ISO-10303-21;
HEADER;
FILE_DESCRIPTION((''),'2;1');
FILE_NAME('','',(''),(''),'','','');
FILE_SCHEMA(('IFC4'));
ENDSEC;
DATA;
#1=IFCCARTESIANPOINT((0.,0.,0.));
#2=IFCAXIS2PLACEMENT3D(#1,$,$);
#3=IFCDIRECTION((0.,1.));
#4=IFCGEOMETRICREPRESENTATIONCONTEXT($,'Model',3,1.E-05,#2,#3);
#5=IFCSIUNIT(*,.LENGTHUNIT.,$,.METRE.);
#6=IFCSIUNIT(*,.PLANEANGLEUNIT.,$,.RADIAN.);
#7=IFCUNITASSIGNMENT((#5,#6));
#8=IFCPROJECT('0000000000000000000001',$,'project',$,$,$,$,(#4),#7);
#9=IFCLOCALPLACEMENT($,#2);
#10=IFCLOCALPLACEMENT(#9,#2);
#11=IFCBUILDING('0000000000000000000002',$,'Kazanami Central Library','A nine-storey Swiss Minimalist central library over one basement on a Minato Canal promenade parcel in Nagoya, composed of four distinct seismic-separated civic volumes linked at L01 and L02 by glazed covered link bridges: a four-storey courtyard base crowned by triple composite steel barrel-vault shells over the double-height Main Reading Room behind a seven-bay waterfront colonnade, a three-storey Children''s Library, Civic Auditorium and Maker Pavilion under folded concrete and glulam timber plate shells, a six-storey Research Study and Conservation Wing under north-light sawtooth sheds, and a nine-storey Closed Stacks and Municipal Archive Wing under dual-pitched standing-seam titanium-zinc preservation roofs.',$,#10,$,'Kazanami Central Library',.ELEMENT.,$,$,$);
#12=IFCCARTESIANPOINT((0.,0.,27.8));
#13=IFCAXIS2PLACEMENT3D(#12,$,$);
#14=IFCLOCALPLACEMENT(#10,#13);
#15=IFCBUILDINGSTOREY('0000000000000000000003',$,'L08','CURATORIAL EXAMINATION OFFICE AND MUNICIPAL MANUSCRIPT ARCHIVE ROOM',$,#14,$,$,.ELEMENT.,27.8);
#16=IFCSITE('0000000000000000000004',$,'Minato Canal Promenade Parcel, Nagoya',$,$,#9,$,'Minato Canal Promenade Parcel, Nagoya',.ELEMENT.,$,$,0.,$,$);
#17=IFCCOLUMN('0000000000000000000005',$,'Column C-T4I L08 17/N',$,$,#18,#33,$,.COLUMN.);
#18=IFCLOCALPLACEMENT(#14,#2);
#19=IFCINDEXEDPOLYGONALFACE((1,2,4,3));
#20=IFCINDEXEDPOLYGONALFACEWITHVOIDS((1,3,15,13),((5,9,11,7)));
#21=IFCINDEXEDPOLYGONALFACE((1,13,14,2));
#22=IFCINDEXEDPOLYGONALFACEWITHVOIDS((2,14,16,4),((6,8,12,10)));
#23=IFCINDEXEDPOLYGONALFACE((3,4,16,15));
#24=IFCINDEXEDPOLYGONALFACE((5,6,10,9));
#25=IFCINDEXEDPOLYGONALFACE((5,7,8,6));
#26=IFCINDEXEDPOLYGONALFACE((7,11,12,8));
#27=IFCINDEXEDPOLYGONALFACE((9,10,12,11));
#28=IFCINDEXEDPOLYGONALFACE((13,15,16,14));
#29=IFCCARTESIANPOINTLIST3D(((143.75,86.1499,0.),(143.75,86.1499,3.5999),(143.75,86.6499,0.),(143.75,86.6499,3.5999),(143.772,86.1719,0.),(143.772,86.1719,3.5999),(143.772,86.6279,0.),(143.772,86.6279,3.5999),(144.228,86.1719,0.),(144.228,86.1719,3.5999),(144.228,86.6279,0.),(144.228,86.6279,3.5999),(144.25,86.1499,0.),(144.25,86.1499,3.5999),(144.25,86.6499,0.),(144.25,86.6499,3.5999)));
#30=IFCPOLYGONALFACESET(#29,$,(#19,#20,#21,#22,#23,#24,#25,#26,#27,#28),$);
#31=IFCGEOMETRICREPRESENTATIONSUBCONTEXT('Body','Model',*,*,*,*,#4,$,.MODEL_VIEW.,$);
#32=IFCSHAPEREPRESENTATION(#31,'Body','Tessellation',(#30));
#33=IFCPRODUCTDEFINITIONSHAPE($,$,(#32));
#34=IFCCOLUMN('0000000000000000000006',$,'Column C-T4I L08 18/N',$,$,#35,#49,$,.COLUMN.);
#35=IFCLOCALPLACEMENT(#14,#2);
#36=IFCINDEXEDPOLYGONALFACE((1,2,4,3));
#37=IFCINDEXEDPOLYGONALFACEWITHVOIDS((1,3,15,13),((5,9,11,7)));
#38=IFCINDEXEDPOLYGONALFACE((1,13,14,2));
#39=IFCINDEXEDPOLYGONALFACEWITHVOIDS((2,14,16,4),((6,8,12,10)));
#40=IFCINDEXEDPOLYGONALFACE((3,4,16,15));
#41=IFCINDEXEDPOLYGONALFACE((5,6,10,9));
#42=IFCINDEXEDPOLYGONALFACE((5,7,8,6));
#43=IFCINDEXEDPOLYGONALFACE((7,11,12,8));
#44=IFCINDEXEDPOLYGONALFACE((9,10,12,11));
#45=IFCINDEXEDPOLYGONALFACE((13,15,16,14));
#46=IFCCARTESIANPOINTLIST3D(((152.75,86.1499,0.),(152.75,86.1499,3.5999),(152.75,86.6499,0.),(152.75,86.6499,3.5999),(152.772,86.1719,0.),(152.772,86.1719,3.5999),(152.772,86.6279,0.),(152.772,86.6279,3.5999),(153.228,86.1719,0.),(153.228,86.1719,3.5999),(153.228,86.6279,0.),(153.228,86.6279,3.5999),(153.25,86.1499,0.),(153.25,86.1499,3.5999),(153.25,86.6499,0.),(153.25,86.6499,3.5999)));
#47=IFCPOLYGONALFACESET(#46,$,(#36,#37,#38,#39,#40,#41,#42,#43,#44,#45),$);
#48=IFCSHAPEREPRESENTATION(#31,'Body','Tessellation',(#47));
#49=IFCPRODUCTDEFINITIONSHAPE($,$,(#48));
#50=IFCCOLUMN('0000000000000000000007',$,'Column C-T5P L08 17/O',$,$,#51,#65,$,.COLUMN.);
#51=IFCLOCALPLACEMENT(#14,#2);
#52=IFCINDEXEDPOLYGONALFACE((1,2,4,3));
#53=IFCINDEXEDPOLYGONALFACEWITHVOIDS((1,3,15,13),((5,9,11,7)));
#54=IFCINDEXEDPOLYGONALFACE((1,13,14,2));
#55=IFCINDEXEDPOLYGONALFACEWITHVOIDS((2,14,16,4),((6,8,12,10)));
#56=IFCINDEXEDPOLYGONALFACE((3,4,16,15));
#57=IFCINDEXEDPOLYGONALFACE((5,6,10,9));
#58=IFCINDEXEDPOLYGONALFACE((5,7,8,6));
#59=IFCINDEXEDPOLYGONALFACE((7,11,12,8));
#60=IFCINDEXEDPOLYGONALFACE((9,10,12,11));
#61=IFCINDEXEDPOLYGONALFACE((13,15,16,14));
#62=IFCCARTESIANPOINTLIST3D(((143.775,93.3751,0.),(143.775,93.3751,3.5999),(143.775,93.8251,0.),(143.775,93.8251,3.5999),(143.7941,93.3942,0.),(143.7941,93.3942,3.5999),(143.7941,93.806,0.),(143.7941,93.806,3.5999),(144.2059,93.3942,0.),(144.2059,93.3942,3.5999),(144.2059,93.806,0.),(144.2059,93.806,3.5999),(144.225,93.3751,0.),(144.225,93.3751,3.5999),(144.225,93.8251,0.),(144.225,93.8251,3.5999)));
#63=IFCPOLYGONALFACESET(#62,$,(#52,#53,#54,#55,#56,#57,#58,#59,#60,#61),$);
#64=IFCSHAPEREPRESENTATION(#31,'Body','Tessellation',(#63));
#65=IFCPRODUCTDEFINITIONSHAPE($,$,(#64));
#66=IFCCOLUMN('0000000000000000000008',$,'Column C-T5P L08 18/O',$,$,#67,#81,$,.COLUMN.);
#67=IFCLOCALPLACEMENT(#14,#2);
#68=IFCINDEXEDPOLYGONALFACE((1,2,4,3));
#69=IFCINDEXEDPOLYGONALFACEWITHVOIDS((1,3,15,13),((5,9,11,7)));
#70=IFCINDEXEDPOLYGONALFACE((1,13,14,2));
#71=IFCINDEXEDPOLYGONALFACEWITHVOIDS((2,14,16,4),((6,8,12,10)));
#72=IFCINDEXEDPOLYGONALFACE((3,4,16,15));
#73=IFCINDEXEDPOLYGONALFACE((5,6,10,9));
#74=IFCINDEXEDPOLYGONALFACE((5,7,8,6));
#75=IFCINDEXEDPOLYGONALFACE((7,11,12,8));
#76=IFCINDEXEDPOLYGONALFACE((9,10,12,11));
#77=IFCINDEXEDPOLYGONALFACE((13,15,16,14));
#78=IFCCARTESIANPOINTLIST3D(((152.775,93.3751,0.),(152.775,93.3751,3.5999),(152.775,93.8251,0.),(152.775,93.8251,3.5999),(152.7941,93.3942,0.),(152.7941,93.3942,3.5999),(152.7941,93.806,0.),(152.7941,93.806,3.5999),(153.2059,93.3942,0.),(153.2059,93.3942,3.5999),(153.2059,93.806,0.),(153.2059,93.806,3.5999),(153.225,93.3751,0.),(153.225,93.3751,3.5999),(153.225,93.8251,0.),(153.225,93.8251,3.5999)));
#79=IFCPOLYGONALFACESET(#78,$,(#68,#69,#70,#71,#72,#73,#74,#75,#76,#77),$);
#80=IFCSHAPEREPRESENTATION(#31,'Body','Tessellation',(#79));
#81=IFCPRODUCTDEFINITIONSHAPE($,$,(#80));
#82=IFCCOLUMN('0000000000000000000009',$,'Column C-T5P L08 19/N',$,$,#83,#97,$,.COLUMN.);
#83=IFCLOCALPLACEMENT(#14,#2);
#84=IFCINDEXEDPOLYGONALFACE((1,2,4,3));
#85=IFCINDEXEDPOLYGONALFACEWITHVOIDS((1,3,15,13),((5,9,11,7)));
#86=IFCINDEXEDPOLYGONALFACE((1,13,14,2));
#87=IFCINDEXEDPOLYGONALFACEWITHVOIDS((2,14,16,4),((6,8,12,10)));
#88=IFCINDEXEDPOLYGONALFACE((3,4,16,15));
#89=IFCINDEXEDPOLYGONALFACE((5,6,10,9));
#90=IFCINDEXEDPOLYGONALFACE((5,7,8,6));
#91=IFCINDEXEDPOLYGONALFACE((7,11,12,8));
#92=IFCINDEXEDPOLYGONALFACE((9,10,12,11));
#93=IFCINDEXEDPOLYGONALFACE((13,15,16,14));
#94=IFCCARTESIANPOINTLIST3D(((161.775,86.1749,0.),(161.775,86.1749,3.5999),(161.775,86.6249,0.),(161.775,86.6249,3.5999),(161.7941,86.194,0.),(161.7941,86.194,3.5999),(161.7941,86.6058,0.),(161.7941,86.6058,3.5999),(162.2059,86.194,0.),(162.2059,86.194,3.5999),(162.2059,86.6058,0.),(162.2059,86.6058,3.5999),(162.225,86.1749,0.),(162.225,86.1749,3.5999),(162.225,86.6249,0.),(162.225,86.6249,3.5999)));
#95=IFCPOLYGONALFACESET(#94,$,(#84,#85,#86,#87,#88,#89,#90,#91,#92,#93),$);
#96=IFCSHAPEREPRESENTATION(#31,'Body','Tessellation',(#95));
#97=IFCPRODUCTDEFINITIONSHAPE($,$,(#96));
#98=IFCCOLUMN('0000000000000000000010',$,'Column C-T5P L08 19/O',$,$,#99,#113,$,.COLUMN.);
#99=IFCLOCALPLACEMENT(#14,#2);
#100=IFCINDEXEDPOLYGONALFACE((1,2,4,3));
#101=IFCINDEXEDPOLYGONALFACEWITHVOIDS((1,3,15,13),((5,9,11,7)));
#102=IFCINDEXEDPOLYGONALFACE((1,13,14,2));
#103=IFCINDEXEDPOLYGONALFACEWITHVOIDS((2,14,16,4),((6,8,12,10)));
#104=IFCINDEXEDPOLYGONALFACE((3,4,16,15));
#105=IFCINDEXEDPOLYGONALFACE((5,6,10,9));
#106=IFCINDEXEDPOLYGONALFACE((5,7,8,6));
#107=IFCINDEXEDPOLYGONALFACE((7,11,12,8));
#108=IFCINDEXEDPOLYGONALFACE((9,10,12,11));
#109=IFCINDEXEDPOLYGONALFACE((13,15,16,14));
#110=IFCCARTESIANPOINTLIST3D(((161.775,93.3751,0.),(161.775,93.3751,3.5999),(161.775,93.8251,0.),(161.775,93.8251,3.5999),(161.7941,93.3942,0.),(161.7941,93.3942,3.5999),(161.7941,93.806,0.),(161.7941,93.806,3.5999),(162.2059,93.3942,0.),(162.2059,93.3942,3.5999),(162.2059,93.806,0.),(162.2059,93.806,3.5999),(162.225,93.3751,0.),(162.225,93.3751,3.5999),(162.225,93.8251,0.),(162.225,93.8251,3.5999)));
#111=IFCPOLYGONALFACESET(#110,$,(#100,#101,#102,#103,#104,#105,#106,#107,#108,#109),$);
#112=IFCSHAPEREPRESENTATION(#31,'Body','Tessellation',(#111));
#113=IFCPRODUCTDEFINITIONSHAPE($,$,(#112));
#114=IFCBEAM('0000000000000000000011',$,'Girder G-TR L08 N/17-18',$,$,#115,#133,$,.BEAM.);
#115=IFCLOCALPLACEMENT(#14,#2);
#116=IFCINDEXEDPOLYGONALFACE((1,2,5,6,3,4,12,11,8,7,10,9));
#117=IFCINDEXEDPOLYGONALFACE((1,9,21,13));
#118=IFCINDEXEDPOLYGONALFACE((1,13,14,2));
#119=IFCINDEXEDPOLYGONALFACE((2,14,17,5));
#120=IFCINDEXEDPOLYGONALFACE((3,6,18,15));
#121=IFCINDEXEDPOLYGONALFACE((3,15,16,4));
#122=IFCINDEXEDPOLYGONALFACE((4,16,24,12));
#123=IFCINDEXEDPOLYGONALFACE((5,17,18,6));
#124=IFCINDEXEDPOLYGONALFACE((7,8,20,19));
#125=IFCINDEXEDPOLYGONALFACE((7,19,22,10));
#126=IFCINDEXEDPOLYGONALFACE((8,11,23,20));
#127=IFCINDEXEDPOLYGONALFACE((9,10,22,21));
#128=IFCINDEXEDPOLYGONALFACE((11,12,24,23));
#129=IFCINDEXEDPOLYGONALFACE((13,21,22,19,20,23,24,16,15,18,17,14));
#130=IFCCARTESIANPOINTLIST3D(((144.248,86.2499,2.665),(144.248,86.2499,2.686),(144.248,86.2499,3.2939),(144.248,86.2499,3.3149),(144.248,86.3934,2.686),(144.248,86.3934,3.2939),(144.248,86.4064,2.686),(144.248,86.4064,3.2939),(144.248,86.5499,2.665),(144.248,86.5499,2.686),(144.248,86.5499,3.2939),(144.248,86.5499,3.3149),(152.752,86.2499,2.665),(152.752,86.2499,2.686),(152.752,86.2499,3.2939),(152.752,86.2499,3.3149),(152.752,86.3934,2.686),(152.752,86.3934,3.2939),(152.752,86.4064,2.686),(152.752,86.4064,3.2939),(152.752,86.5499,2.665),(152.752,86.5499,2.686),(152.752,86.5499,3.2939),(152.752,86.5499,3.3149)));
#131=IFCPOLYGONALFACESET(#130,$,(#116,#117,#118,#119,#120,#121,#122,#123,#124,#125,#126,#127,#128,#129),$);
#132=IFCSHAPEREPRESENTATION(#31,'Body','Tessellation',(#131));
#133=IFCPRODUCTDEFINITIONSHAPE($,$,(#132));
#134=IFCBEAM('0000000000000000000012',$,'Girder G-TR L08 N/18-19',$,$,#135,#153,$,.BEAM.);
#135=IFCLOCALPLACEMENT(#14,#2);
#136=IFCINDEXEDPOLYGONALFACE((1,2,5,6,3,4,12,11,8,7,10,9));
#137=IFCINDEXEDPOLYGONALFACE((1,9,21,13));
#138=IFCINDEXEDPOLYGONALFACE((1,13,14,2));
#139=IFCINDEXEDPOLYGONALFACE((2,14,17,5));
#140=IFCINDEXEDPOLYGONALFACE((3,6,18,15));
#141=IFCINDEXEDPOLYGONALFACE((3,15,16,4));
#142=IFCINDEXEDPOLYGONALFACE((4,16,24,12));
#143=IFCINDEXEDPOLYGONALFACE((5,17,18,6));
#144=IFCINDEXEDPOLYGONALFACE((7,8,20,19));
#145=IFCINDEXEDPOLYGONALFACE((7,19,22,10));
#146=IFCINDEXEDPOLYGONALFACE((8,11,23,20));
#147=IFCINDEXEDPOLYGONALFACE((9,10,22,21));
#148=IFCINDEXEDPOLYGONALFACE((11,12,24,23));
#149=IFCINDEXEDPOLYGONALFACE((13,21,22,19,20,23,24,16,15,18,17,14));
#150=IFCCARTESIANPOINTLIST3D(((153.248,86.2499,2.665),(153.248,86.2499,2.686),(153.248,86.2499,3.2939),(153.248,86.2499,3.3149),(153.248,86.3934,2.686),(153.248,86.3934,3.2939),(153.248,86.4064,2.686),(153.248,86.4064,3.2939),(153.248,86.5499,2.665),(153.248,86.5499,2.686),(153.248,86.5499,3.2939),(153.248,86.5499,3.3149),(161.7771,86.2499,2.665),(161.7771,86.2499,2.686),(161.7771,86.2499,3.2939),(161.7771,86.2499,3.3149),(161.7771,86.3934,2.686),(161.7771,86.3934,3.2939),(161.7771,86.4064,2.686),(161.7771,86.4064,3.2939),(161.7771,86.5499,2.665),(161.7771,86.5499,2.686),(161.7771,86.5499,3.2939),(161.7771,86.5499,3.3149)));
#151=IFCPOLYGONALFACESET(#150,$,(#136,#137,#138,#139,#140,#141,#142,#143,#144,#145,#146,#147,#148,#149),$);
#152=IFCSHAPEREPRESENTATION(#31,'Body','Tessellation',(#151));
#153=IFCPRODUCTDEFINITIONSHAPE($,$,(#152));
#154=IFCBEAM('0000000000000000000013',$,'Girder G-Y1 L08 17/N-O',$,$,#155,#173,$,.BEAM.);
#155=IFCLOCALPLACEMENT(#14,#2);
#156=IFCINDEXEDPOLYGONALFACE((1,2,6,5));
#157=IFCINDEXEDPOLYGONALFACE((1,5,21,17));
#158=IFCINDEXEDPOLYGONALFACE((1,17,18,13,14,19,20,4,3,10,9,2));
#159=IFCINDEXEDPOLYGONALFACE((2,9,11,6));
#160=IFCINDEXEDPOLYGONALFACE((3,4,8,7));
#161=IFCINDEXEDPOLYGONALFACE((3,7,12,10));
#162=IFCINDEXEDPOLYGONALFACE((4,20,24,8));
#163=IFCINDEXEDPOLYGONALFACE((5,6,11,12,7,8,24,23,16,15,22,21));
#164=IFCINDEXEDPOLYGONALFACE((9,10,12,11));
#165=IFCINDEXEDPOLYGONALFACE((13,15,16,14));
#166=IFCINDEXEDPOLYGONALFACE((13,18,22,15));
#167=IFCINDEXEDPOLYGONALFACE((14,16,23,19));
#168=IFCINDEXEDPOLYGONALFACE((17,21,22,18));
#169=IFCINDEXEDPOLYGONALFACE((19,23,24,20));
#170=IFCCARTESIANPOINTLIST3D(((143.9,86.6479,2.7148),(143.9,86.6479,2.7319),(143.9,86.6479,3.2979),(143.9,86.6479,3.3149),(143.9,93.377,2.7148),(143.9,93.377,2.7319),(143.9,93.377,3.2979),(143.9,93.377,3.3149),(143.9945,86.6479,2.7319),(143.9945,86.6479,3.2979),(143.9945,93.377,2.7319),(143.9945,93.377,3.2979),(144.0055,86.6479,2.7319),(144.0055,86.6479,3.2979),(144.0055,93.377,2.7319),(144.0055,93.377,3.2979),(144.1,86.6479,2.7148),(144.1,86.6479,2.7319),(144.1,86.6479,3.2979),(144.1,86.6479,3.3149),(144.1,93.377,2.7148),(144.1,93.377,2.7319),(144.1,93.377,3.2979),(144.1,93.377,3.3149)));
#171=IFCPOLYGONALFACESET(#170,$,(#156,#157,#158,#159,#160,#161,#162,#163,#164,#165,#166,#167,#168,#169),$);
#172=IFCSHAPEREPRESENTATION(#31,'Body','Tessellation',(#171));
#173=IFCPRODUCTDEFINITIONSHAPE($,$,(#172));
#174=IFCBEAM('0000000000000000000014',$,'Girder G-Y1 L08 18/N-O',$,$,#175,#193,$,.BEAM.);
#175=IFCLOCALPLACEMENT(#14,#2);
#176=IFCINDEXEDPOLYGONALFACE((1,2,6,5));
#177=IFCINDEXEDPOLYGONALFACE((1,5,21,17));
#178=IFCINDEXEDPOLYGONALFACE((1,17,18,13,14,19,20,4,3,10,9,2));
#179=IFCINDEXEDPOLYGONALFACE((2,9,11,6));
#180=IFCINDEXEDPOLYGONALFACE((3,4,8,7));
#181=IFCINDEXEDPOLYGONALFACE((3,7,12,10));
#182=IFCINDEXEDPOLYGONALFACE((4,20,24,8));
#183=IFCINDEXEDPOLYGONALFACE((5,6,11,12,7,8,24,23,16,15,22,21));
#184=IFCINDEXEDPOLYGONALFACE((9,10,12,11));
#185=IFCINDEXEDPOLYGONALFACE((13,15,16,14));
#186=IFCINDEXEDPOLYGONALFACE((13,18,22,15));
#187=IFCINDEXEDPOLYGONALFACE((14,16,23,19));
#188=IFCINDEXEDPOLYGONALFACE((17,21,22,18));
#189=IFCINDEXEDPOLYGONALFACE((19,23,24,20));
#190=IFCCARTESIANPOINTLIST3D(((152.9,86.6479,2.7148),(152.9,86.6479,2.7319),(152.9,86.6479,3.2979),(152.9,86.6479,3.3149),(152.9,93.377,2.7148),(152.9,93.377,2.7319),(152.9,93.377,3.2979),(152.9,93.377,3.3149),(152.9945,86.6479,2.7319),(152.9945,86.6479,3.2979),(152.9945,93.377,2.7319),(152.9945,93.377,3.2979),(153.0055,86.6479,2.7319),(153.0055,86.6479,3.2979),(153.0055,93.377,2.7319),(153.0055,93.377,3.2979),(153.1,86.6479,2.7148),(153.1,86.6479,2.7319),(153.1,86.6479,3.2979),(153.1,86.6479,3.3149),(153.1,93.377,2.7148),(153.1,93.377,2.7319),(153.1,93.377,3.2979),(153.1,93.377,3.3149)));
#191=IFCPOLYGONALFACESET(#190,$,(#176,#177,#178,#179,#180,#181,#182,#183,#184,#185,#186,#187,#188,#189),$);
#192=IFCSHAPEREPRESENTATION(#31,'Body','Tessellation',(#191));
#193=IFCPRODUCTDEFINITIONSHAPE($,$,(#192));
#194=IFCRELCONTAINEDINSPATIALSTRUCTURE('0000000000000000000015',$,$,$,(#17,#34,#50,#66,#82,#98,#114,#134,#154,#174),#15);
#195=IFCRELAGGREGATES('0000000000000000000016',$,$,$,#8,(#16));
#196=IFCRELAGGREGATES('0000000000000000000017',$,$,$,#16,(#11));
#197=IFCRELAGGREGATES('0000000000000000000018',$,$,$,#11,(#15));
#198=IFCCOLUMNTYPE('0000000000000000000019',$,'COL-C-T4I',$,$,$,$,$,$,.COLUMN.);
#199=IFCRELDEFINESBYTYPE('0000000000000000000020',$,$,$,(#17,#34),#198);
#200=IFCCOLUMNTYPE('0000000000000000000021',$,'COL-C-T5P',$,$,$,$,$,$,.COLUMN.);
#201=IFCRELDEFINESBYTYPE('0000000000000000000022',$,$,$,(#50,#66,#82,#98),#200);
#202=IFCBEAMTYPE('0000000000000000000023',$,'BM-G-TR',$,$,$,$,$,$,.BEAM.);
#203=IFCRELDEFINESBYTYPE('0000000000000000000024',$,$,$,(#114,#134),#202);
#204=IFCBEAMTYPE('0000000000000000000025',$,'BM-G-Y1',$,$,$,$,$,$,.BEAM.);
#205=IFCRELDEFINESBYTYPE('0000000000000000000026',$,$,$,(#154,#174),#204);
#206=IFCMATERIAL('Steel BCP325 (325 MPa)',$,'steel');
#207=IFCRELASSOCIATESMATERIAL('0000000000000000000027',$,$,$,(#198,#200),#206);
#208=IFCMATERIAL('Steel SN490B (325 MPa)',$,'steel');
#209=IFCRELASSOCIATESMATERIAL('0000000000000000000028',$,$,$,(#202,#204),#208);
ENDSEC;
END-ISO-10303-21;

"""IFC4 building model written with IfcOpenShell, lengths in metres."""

from ifc_helpers import new_model, si_unit, direction, frame, origin, origin_2d, place, context, subcontext, project, spatial, hollow_rectangle, i_section, extrude, material, material_profile, profile_set, type_object, element, save


model = new_model("IFC4")

# Units and contexts
model_context = context("Model", 3, precision=1e-05, world=origin(), true_north=direction((0.0, 1.0)))
body_context = subcontext(model_context, "Body", "Model", "MODEL_VIEW")
ifc_project = project(units=[si_unit("LENGTHUNIT", "METRE"), si_unit("PLANEANGLEUNIT", "RADIAN")], contexts=[model_context])

# Site, building, storey
site_placement = place(None, origin())
site = spatial("IfcSite", under=ifc_project, at=site_placement, Name="Minato Canal Promenade Parcel, Nagoya", LongName="Minato Canal Promenade Parcel, Nagoya", CompositionType="ELEMENT", RefElevation=0.0)
building_placement = place(site_placement, origin())
building = spatial("IfcBuilding", under=site, at=building_placement, Name="Kazanami Central Library", Description="A nine-storey Swiss Minimalist central library over one basement on a Minato Canal promenade parcel in Nagoya, composed of four distinct seismic-separated civic volumes linked at L01 and L02 by glazed covered link bridges: a four-storey courtyard base crowned by triple composite steel barrel-vault shells over the double-height Main Reading Room behind a seven-bay waterfront colonnade, a three-storey Children's Library, Civic Auditorium and Maker Pavilion under folded concrete and glulam timber plate shells, a six-storey Research Study and Conservation Wing under north-light sawtooth sheds, and a nine-storey Closed Stacks and Municipal Archive Wing under dual-pitched standing-seam titanium-zinc preservation roofs.", LongName="Kazanami Central Library", CompositionType="ELEMENT")
storey_placement = place(building_placement, frame((0.0, 0.0, 27.8)))
storey = spatial("IfcBuildingStorey", under=building, at=storey_placement, Name="L08", Description="CURATORIAL EXAMINATION OFFICE AND MUNICIPAL MANUSCRIPT ARCHIVE ROOM", CompositionType="ELEMENT", Elevation=27.8)

# Columns
ifc_material_1 = material(Name="Steel BCP325 (325 MPa)", Category="steel")
ifc_material_profile_1 = material_profile(ifc_material_1, hollow_rectangle(XDim=0.5, YDim=0.5, WallThickness=0.022, at=origin_2d()), Name="BCP-500x500x22")
ifc_profile_set_1 = profile_set([ifc_material_profile_1], Name="Steel BCP325 (325 MPa)")
column_type_1 = type_object("IfcColumnType", Name="COL-C-T4I", PredefinedType="COLUMN", material=ifc_profile_set_1)
for number, where, z_axis, x_axis, name in (
    (1, (144.0, 86.3999, 0.0), (0.0, 0.0, 1.0), (1.0, 0.0, 0.0), "Column C-T4I L08 17/N"),
    (2, (153.0, 86.3999, 0.0), (0.0, 0.0, 1.0), (1.0, 0.0, 0.0), "Column C-T4I L08 18/N"),
):
    element("IfcColumn", number, at=place(storey_placement, frame(where, z_axis=z_axis, x_axis=x_axis)), inside=storey, type_object=column_type_1, Name=name, PredefinedType="COLUMN", context=body_context, shape_type="SweptSolid", body=[
        extrude(hollow_rectangle(XDim=0.5, YDim=0.5, WallThickness=0.022, at=origin_2d()), origin(), (0.0, 0.0, 1.0), 3.5999),
    ])
ifc_material_profile_2 = material_profile(ifc_material_1, hollow_rectangle(XDim=0.45, YDim=0.45, WallThickness=0.019, at=origin_2d()), Name="BCP-450x450x19")
ifc_profile_set_2 = profile_set([ifc_material_profile_2], Name="Steel BCP325 (325 MPa)")
column_type_2 = type_object("IfcColumnType", Name="COL-C-T5P", PredefinedType="COLUMN", material=ifc_profile_set_2)
for number, where, z_axis, x_axis, name in (
    (3, (144.0, 93.6001, 0.0), (0.0, 0.0, 1.0), (1.0, 0.0, 0.0), "Column C-T5P L08 17/O"),
    (4, (153.0, 93.6001, 0.0), (0.0, 0.0, 1.0), (1.0, 0.0, 0.0), "Column C-T5P L08 18/O"),
    (5, (162.0, 86.3999, 0.0), (0.0, 0.0, 1.0), (1.0, 0.0, 0.0), "Column C-T5P L08 19/N"),
    (6, (162.0, 93.6001, 0.0), (0.0, 0.0, 1.0), (1.0, 0.0, 0.0), "Column C-T5P L08 19/O"),
):
    element("IfcColumn", number, at=place(storey_placement, frame(where, z_axis=z_axis, x_axis=x_axis)), inside=storey, type_object=column_type_2, Name=name, PredefinedType="COLUMN", context=body_context, shape_type="SweptSolid", body=[
        extrude(hollow_rectangle(XDim=0.45, YDim=0.45, WallThickness=0.019, at=origin_2d()), origin(), (0.0, 0.0, 1.0), 3.5999),
    ])

# Beams
ifc_material_2 = material(Name="Steel SN490B (325 MPa)", Category="steel")
ifc_material_profile_3 = material_profile(ifc_material_2, i_section(OverallWidth=0.3, OverallDepth=0.6499, WebThickness=0.0129, FlangeThickness=0.021, at=origin_2d()), Name="H-650x300x13x21")
ifc_profile_set_3 = profile_set([ifc_material_profile_3], Name="Steel SN490B (325 MPa)")
beam_type_1 = type_object("IfcBeamType", Name="BM-G-TR", PredefinedType="BEAM", material=ifc_profile_set_3)
beam_1_placement = place(storey_placement, frame((144.248, 86.3999, 2.99), z_axis=(1.0, 0.0, 0.0), x_axis=(0.0, 1.0, 0.0)))
element("IfcBeam", 7, at=beam_1_placement, inside=storey, type_object=beam_type_1, Name="Girder G-TR L08 N/17-18", PredefinedType="BEAM", context=body_context, shape_type="SweptSolid", body=[
    extrude(i_section(OverallWidth=0.3, OverallDepth=0.6499, WebThickness=0.0129, FlangeThickness=0.021, at=origin_2d()), origin(), (0.0, 0.0, 1.0), 8.5039),
])
beam_2_placement = place(storey_placement, frame((153.248, 86.3999, 2.99), z_axis=(1.0, 0.0, 0.0), x_axis=(0.0, 1.0, 0.0)))
element("IfcBeam", 8, at=beam_2_placement, inside=storey, type_object=beam_type_1, Name="Girder G-TR L08 N/18-19", PredefinedType="BEAM", context=body_context, shape_type="SweptSolid", body=[
    extrude(i_section(OverallWidth=0.3, OverallDepth=0.6499, WebThickness=0.0129, FlangeThickness=0.021, at=origin_2d()), origin(), (0.0, 0.0, 1.0), 8.5291),
])
ifc_material_profile_4 = material_profile(ifc_material_2, i_section(OverallWidth=0.2, OverallDepth=0.6001, WebThickness=0.011, FlangeThickness=0.0171, at=origin_2d()), Name="H-600x200x11x17")
ifc_profile_set_4 = profile_set([ifc_material_profile_4], Name="Steel SN490B (325 MPa)")
beam_type_2 = type_object("IfcBeamType", Name="BM-G-Y1", PredefinedType="BEAM", material=ifc_profile_set_4)
for number, where, z_axis, x_axis, name in (
    (9, (144.0, 86.6479, 3.0149), (0.0, 1.0, 0.0), (-1.0, 0.0, 0.0), "Girder G-Y1 L08 17/N-O"),
    (10, (153.0, 86.6479, 3.0149), (0.0, 1.0, 0.0), (-1.0, 0.0, 0.0), "Girder G-Y1 L08 18/N-O"),
):
    element("IfcBeam", number, at=place(storey_placement, frame(where, z_axis=z_axis, x_axis=x_axis)), inside=storey, type_object=beam_type_2, Name=name, PredefinedType="BEAM", context=body_context, shape_type="SweptSolid", body=[
        extrude(i_section(OverallWidth=0.2, OverallDepth=0.6001, WebThickness=0.011, FlangeThickness=0.0171, at=origin_2d()), origin(), (0.0, 0.0, 1.0), 6.729),
    ])

save(model, "model.ifc")
